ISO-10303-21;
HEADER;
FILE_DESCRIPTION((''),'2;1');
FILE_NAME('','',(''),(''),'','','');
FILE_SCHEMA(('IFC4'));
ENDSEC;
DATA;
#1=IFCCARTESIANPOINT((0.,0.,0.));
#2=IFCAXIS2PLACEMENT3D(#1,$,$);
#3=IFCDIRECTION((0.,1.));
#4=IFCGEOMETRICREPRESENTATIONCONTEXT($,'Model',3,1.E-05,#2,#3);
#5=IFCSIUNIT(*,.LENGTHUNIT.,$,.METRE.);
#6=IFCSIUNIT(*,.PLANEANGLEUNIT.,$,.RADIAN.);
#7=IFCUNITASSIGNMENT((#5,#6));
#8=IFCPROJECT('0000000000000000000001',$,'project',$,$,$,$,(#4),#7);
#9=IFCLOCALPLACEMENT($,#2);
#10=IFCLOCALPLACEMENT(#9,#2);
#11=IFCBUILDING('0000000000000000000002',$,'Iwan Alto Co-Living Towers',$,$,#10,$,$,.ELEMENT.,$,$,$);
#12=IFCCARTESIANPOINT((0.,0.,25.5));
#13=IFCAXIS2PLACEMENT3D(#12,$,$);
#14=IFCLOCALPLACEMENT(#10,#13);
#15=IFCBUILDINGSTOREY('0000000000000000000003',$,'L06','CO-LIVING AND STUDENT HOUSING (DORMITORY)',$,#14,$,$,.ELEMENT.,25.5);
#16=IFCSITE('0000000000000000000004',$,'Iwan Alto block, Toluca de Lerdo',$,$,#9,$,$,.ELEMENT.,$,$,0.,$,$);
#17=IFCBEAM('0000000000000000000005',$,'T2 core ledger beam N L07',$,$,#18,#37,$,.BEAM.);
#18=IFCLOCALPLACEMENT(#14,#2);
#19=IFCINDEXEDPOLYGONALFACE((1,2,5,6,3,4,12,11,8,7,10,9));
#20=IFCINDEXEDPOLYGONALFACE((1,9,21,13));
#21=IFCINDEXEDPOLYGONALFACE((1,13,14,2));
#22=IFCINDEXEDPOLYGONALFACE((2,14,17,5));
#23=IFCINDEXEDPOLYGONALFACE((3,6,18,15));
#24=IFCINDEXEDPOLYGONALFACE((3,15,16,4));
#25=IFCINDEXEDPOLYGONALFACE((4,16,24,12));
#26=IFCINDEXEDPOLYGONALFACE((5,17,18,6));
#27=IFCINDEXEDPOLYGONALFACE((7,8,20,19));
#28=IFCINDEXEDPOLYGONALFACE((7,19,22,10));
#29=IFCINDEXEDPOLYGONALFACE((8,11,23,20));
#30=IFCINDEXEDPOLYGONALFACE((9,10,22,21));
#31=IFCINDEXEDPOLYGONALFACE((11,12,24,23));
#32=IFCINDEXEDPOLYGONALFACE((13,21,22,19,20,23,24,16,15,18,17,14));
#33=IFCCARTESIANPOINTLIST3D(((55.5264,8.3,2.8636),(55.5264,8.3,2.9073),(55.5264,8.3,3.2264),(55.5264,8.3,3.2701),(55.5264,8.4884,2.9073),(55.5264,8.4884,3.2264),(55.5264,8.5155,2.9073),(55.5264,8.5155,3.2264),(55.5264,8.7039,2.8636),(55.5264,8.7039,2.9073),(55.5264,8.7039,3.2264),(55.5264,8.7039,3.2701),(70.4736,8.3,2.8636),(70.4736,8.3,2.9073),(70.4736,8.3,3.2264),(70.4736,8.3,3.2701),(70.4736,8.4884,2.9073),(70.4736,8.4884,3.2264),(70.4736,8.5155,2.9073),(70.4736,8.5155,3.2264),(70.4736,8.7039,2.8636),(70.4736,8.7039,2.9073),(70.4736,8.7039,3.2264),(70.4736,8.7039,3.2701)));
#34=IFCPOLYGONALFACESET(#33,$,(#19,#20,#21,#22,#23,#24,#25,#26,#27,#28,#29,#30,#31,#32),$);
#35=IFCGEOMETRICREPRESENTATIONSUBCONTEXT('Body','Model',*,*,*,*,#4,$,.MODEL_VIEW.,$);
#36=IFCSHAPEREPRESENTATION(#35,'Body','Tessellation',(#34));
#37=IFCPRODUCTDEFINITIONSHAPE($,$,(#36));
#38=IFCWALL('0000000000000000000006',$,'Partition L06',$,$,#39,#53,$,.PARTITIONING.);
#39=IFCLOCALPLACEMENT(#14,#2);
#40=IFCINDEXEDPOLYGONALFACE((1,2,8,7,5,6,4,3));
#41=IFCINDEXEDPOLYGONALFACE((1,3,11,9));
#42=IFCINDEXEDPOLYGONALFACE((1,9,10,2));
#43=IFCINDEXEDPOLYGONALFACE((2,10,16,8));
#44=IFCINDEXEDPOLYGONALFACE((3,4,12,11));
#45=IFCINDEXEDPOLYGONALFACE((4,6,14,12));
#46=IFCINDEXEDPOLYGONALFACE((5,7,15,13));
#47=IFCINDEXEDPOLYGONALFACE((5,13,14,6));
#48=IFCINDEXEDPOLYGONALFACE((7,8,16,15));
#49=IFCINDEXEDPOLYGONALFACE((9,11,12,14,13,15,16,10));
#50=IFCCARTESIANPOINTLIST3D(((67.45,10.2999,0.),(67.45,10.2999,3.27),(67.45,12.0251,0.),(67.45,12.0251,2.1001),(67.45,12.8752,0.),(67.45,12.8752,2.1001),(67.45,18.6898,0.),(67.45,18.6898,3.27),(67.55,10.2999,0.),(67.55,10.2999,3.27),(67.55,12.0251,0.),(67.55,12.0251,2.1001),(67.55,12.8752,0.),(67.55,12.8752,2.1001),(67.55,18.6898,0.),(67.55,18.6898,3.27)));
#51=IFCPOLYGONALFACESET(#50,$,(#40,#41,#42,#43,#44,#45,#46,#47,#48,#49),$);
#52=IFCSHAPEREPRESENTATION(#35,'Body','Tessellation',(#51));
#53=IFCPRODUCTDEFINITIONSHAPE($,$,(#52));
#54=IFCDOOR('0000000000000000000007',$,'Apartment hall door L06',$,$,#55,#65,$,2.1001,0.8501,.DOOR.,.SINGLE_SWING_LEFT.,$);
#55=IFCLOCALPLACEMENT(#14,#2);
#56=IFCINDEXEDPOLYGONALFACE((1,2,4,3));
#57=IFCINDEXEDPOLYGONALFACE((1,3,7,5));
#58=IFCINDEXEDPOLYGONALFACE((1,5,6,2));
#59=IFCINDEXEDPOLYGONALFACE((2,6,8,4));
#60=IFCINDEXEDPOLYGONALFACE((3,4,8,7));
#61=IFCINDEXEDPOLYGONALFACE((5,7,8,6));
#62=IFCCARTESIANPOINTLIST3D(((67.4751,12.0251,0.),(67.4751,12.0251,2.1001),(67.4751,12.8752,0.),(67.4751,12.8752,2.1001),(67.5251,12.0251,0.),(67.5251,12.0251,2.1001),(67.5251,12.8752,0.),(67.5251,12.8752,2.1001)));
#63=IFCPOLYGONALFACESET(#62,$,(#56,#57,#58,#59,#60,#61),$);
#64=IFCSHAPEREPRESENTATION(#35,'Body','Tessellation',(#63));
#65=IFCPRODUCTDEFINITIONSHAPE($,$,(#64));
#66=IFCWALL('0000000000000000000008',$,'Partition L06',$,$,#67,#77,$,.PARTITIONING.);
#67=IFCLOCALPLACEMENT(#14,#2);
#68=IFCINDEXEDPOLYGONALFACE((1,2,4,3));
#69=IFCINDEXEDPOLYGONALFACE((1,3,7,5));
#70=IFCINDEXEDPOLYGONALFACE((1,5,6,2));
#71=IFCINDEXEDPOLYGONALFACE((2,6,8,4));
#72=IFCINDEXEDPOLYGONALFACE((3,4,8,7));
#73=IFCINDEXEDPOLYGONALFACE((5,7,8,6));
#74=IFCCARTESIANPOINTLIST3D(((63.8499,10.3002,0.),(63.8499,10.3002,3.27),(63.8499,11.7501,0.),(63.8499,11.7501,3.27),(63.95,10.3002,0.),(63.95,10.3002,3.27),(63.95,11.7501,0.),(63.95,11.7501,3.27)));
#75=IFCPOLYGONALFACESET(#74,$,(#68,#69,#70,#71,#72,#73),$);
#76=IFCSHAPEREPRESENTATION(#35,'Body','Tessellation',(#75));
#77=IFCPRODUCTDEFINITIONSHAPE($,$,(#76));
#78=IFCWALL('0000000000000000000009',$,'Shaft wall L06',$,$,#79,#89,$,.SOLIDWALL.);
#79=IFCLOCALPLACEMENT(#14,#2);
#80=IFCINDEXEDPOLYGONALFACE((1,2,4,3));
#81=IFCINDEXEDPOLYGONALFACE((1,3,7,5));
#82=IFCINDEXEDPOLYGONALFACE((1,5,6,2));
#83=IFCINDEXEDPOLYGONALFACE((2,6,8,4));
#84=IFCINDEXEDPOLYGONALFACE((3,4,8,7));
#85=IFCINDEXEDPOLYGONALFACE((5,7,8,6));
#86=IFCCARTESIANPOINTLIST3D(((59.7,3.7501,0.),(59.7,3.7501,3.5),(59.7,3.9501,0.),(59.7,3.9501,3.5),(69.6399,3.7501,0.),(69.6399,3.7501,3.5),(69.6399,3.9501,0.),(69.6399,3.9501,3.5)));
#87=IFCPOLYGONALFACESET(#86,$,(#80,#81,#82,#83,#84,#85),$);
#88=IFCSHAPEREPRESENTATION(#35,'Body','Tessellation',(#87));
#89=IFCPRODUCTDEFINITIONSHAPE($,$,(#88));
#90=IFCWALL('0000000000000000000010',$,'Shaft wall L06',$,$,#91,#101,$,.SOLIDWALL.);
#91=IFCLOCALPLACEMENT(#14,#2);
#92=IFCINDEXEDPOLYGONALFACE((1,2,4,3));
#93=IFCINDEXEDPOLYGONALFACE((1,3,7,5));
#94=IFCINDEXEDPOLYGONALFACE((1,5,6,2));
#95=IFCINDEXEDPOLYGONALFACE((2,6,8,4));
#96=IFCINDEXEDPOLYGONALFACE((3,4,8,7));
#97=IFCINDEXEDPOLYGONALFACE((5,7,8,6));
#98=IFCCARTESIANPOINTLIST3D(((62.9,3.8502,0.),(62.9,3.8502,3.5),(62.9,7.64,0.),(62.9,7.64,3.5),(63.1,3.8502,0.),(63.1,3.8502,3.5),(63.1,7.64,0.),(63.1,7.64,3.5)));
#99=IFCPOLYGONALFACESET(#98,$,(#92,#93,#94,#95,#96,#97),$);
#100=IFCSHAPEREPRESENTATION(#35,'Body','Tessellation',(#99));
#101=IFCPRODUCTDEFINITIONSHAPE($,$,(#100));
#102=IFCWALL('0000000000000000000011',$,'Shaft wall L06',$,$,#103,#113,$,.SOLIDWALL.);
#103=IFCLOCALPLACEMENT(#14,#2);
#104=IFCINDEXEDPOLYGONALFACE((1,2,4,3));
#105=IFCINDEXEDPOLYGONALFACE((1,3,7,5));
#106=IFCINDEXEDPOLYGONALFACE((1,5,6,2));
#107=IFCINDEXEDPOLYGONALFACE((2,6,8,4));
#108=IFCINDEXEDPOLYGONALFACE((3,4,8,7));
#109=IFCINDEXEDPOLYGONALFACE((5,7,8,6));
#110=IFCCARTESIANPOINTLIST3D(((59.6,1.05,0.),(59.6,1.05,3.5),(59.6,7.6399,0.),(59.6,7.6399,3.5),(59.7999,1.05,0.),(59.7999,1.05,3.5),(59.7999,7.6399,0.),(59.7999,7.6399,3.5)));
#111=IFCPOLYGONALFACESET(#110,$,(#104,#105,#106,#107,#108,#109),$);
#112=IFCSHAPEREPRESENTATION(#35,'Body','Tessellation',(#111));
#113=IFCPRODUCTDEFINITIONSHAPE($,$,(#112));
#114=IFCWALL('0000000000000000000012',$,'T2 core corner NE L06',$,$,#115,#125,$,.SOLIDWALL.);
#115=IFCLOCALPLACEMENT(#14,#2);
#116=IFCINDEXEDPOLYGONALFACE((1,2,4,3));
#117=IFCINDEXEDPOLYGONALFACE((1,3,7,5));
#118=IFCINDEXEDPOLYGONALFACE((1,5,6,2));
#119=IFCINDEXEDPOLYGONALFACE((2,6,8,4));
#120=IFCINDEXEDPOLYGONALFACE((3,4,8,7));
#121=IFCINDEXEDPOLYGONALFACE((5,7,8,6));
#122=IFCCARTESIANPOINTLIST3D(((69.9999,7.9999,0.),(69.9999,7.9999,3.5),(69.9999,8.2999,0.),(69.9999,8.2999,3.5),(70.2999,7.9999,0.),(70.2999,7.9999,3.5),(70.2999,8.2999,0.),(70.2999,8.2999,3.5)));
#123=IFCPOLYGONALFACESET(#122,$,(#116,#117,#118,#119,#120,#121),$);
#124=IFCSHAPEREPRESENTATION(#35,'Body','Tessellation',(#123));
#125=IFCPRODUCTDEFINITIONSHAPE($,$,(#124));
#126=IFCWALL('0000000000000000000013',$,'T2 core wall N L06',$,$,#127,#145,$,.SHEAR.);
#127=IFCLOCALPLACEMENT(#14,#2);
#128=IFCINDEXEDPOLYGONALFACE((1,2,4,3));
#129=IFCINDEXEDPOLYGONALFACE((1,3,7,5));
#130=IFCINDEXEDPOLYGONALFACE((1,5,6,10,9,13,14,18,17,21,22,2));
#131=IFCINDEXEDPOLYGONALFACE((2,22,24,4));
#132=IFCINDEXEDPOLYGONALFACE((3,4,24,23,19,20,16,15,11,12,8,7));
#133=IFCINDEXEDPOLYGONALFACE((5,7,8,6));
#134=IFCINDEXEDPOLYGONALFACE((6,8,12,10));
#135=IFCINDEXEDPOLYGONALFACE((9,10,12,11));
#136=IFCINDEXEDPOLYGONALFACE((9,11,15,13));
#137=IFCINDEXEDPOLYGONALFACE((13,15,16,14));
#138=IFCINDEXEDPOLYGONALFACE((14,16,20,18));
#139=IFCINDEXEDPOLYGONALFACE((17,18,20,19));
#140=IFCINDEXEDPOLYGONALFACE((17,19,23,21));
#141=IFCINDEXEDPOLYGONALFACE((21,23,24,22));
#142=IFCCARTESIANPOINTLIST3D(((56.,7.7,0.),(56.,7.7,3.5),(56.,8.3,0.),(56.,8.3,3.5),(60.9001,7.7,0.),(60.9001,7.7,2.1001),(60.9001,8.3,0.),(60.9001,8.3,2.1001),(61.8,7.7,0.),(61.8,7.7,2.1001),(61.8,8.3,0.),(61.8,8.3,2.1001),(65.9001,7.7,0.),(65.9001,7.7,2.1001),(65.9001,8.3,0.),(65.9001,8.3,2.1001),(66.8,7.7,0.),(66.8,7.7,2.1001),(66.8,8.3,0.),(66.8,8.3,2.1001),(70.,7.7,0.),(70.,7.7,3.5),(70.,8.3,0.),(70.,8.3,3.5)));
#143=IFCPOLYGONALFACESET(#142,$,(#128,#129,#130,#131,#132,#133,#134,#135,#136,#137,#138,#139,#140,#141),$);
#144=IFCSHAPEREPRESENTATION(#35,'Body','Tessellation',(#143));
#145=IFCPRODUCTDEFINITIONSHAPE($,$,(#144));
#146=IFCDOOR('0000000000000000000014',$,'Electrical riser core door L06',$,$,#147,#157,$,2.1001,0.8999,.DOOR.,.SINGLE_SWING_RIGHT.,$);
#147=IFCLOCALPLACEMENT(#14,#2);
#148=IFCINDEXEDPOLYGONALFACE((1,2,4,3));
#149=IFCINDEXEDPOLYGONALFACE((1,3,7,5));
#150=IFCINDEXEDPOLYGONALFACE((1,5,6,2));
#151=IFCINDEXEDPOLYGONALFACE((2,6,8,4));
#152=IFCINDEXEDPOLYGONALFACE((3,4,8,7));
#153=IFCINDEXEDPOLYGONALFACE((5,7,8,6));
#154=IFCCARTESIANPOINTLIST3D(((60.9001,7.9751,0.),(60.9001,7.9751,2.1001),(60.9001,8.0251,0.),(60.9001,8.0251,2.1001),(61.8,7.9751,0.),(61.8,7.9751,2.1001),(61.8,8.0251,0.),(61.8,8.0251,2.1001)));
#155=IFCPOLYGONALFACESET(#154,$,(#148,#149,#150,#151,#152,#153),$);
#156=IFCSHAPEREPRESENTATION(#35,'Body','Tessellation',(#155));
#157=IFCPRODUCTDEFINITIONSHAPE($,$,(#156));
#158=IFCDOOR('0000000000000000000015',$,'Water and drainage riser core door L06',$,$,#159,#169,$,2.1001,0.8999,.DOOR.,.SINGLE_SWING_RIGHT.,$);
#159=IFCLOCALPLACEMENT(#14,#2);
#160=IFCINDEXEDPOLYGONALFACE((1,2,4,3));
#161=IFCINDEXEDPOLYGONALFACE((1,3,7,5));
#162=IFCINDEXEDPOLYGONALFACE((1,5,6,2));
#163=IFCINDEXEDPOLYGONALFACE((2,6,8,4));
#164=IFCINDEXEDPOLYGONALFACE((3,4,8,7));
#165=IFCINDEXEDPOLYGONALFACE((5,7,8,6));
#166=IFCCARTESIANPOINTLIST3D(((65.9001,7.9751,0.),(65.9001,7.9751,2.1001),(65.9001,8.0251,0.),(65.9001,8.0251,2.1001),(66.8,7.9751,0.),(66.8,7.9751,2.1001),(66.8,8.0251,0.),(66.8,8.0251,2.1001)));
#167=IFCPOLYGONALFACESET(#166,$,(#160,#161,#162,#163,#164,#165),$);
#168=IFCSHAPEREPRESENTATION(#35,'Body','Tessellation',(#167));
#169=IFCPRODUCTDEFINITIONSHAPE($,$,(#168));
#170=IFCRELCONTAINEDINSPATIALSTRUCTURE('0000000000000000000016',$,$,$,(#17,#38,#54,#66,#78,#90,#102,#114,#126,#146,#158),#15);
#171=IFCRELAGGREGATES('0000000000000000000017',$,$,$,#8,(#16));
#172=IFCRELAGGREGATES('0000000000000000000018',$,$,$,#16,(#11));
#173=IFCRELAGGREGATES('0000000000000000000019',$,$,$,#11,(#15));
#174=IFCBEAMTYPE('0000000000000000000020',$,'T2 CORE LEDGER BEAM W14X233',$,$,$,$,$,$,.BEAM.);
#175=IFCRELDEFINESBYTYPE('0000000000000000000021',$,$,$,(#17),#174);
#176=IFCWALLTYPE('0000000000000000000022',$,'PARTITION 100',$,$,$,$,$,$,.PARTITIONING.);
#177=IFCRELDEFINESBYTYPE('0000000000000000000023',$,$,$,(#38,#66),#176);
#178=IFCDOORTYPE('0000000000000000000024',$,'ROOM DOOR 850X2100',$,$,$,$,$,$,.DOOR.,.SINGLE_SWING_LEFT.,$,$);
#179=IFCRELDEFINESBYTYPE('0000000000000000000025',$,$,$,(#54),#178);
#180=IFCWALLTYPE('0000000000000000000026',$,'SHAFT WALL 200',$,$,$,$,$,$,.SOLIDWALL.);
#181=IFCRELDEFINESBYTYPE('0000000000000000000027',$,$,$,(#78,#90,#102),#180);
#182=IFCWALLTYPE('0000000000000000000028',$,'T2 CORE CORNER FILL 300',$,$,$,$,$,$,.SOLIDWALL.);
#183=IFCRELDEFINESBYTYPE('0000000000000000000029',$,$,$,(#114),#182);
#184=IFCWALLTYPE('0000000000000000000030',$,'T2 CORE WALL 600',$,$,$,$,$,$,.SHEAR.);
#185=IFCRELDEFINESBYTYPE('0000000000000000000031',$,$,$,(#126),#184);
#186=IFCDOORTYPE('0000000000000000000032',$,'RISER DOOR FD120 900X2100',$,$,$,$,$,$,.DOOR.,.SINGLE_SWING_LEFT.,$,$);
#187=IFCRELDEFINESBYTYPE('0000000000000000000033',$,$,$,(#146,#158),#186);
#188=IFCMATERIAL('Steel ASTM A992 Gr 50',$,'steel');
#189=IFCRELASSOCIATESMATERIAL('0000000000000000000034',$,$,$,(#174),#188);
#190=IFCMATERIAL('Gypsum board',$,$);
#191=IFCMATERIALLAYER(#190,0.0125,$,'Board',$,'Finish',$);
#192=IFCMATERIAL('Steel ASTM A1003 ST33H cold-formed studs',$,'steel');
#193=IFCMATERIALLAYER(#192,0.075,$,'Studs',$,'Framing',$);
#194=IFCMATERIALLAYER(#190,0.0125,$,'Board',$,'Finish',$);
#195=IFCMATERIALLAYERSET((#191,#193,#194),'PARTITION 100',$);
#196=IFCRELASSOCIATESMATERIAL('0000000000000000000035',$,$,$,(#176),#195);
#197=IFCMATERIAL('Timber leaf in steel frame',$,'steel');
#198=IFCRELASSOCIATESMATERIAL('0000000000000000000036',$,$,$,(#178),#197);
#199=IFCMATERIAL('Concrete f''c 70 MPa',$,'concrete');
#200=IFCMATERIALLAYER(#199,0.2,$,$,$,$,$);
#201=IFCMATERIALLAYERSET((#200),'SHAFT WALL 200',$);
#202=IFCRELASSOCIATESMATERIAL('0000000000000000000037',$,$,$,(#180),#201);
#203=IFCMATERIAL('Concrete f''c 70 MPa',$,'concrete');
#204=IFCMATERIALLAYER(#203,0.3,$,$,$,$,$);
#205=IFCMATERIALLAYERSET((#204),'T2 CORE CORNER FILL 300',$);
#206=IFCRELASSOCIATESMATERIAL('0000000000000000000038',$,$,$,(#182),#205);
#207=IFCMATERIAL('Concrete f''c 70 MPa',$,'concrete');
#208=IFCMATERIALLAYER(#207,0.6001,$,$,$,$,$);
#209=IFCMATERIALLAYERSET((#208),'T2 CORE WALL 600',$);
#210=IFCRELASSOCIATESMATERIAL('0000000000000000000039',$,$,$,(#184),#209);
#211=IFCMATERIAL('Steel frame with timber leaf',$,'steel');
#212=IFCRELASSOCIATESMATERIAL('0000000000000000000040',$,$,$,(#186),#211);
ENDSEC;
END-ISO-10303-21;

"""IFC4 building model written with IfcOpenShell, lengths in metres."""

from ifc_helpers import new_model, si_unit, direction, frame, frame_2d, origin, origin_2d, place, context, subcontext, project, spatial, rectangle, i_section, extrude, material, layer, layer_set, material_profile, profile_set, type_object, element, fill, save


model = new_model("IFC4")

# Units and contexts
model_context = context("Model", 3, precision=1e-05, world=origin(), true_north=direction((0.0, 1.0)))
body_context = subcontext(model_context, "Body", "Model", "MODEL_VIEW")
ifc_project = project(units=[si_unit("LENGTHUNIT", "METRE"), si_unit("PLANEANGLEUNIT", "RADIAN")], contexts=[model_context])

# Site, building, storey
site_placement = place(None, origin())
site = spatial("IfcSite", under=ifc_project, at=site_placement, Name="Iwan Alto block, Toluca de Lerdo", CompositionType="ELEMENT", RefElevation=0.0)
building_placement = place(site_placement, origin())
building = spatial("IfcBuilding", under=site, at=building_placement, Name="Iwan Alto Co-Living Towers", CompositionType="ELEMENT")
storey_placement = place(building_placement, frame((0.0, 0.0, 25.5)))
storey = spatial("IfcBuildingStorey", under=building, at=storey_placement, Name="L06", Description="CO-LIVING AND STUDENT HOUSING (DORMITORY)", CompositionType="ELEMENT", Elevation=25.5)

# Beam
ifc_material_1 = material(Name="Steel ASTM A992 Gr 50", Category="steel")
ifc_material_profile = material_profile(ifc_material_1, i_section(OverallWidth=0.4038, OverallDepth=0.4065, WebThickness=0.0271, FlangeThickness=0.0437, at=origin_2d()), Name="W14X233")
ifc_profile_set = profile_set([ifc_material_profile], Name="Steel ASTM A992 Gr 50")
beam_type = type_object("IfcBeamType", Name="T2 CORE LEDGER BEAM W14X233", PredefinedType="BEAM", material=ifc_profile_set)
beam_placement = place(storey_placement, frame((70.4736, 8.502, 3.0669), z_axis=(-1.0, 0.0, 0.0), x_axis=(0.0, -1.0, 0.0)))
element("IfcBeam", 1, at=beam_placement, inside=storey, type_object=beam_type, Name="T2 core ledger beam N L07", PredefinedType="BEAM", context=body_context, shape_type="SweptSolid", body=[
    extrude(i_section(OverallWidth=0.4038, OverallDepth=0.4065, WebThickness=0.0271, FlangeThickness=0.0437, at=origin_2d()), origin(), (0.0, 0.0, 1.0), 14.9473),
])

# Wall, opening, door
ifc_material_2 = material(Name="Gypsum board")
ifc_layer_1 = layer(ifc_material_2, 0.0125, Name="Board", Category="Finish")
ifc_material_3 = material(Name="Steel ASTM A1003 ST33H cold-formed studs", Category="steel")
ifc_layer_2 = layer(ifc_material_3, 0.075, Name="Studs", Category="Framing")
ifc_layer_3 = layer(ifc_material_2, 0.0125, Name="Board", Category="Finish")
ifc_layer_set_1 = layer_set([ifc_layer_1, ifc_layer_2, ifc_layer_3], Name="PARTITION 100")
wall_type_1 = type_object("IfcWallType", Name="PARTITION 100", PredefinedType="PARTITIONING", material=ifc_layer_set_1)
wall_1_placement = place(storey_placement, frame((67.5, 10.3, 0.0), z_axis=(0.0, 0.0, 1.0), x_axis=(0.0, 1.0, 0.0)))
wall_1 = element("IfcWall", 2, at=wall_1_placement, inside=storey, type_object=wall_type_1, Name="Partition L06", PredefinedType="PARTITIONING", context=body_context, shape_type="SweptSolid", body=[
    extrude(rectangle(XDim=8.3899, YDim=0.1001, at=frame_2d((4.1948, 0.0))), origin(), (0.0, 0.0, 1.0), 3.27),
])
opening_1_placement = place(wall_1_placement, frame((1.7251, 0.0, 0.0)))
opening_1 = element("IfcOpeningElement", 3, at=opening_1_placement, cuts=wall_1, PredefinedType="OPENING", context=body_context, shape_type="SweptSolid", body=[
    extrude(rectangle(XDim=0.8501, YDim=2.1001, at=frame_2d((0.425, 1.05))), frame((0.0, 0.0601, 0.0), z_axis=(0.0, -1.0, 0.0), x_axis=(1.0, 0.0, 0.0)), (0.0, 0.0, 1.0), 0.1201),
])
ifc_material_4 = material(Name="Timber leaf in steel frame", Category="steel")
door_type_1 = type_object("IfcDoorType", Name="ROOM DOOR 850X2100", OperationType="SINGLE_SWING_LEFT", PredefinedType="DOOR", material=ifc_material_4)
door_1_placement = place(opening_1_placement, origin())
door_1 = element("IfcDoor", 4, at=door_1_placement, inside=storey, type_object=door_type_1, Name="Apartment hall door L06", OperationType="SINGLE_SWING_LEFT", OverallHeight=2.1001, OverallWidth=0.8501, PredefinedType="DOOR", context=body_context, shape_type="SweptSolid", body=[
    extrude(rectangle(XDim=0.8501, YDim=2.1001, at=frame_2d((0.425, 1.05))), frame((0.0, 0.0249, 0.0), z_axis=(0.0, -1.0, 0.0), x_axis=(1.0, 0.0, 0.0)), (0.0, 0.0, 1.0), 0.05),
])
fill(opening_1, door_1)

# Walls
wall_2_placement = place(storey_placement, frame((63.8999, 10.3, 0.0), z_axis=(0.0, 0.0, 1.0), x_axis=(0.0, 1.0, 0.0)))
element("IfcWall", 5, at=wall_2_placement, inside=storey, type_object=wall_type_1, Name="Partition L06", PredefinedType="PARTITIONING", context=body_context, shape_type="SweptSolid", body=[
    extrude(rectangle(XDim=1.45, YDim=0.1001, at=frame_2d((0.7251, 0.0))), origin(), (0.0, 0.0, 1.0), 3.27),
])
ifc_material_5 = material(Name="Concrete f'c 70 MPa", Category="concrete")
ifc_layer_4 = layer(ifc_material_5, 0.2)
ifc_layer_set_2 = layer_set([ifc_layer_4], Name="SHAFT WALL 200")
wall_type_2 = type_object("IfcWallType", Name="SHAFT WALL 200", PredefinedType="SOLIDWALL", material=ifc_layer_set_2)
wall_3_placement = place(storey_placement, frame((59.7, 3.8501, 0.0), z_axis=(0.0, 0.0, 1.0), x_axis=(1.0, 0.0, 0.0)))
element("IfcWall", 6, at=wall_3_placement, inside=storey, type_object=wall_type_2, Name="Shaft wall L06", PredefinedType="SOLIDWALL", context=body_context, shape_type="SweptSolid", body=[
    extrude(rectangle(XDim=9.9399, YDim=0.2, at=frame_2d((4.97, 0.0))), origin(), (0.0, 0.0, 1.0), 3.5),
])
wall_4_placement = place(storey_placement, frame((63.0, 3.8501, 0.0), z_axis=(0.0, 0.0, 1.0), x_axis=(0.0, 1.0, 0.0)))
element("IfcWall", 7, at=wall_4_placement, inside=storey, type_object=wall_type_2, Name="Shaft wall L06", PredefinedType="SOLIDWALL", context=body_context, shape_type="SweptSolid", body=[
    extrude(rectangle(XDim=3.7898, YDim=0.2, at=frame_2d((1.895, 0.0))), origin(), (0.0, 0.0, 1.0), 3.5),
])
wall_5_placement = place(storey_placement, frame((59.7, 1.05, 0.0), z_axis=(0.0, 0.0, 1.0), x_axis=(0.0, 1.0, 0.0)))
element("IfcWall", 8, at=wall_5_placement, inside=storey, type_object=wall_type_2, Name="Shaft wall L06", PredefinedType="SOLIDWALL", context=body_context, shape_type="SweptSolid", body=[
    extrude(rectangle(XDim=6.5898, YDim=0.2, at=frame_2d((3.2949, 0.0))), origin(), (0.0, 0.0, 1.0), 3.5),
])
ifc_material_6 = material(Name="Concrete f'c 70 MPa", Category="concrete")
ifc_layer_5 = layer(ifc_material_6, 0.3)
ifc_layer_set_3 = layer_set([ifc_layer_5], Name="T2 CORE CORNER FILL 300")
wall_type_3 = type_object("IfcWallType", Name="T2 CORE CORNER FILL 300", PredefinedType="SOLIDWALL", material=ifc_layer_set_3)
wall_6_placement = place(storey_placement, frame((70.0, 8.1499, 0.0), z_axis=(0.0, 0.0, 1.0), x_axis=(1.0, 0.0, 0.0)))
element("IfcWall", 9, at=wall_6_placement, inside=storey, type_object=wall_type_3, Name="T2 core corner NE L06", PredefinedType="SOLIDWALL", context=body_context, shape_type="SweptSolid", body=[
    extrude(rectangle(XDim=0.3, YDim=0.3, at=frame_2d((0.1499, 0.0))), origin(), (0.0, 0.0, 1.0), 3.5),
])

# Wall, openings, doors
ifc_material_7 = material(Name="Concrete f'c 70 MPa", Category="concrete")
ifc_layer_6 = layer(ifc_material_7, 0.6001)
ifc_layer_set_4 = layer_set([ifc_layer_6], Name="T2 CORE WALL 600")
wall_type_4 = type_object("IfcWallType", Name="T2 CORE WALL 600", PredefinedType="SHEAR", material=ifc_layer_set_4)
wall_7_placement = place(storey_placement, frame((70.0, 8.0, 0.0), z_axis=(0.0, 0.0, 1.0), x_axis=(-1.0, 0.0, 0.0)))
wall_7 = element("IfcWall", 10, at=wall_7_placement, inside=storey, type_object=wall_type_4, Name="T2 core wall N L06", PredefinedType="SHEAR", context=body_context, shape_type="SweptSolid", body=[
    extrude(rectangle(XDim=14.0, YDim=0.6001, at=frame_2d((7.0, 0.0))), origin(), (0.0, 0.0, 1.0), 3.5),
])
opening_2_placement = place(wall_7_placement, frame((8.2, 0.0, 0.0)))
opening_2 = element("IfcOpeningElement", 11, at=opening_2_placement, cuts=wall_7, PredefinedType="OPENING", context=body_context, shape_type="SweptSolid", body=[
    extrude(rectangle(XDim=0.8999, YDim=2.1001, at=frame_2d((0.45, 1.05))), frame((0.0, 0.3101, 0.0), z_axis=(0.0, -1.0, 0.0), x_axis=(1.0, 0.0, 0.0)), (0.0, 0.0, 1.0), 0.6201),
])
opening_3_placement = place(wall_7_placement, frame((3.2, 0.0, 0.0)))
opening_3 = element("IfcOpeningElement", 12, at=opening_3_placement, cuts=wall_7, PredefinedType="OPENING", context=body_context, shape_type="SweptSolid", body=[
    extrude(rectangle(XDim=0.8999, YDim=2.1001, at=frame_2d((0.45, 1.05))), frame((0.0, 0.3101, 0.0), z_axis=(0.0, -1.0, 0.0), x_axis=(1.0, 0.0, 0.0)), (0.0, 0.0, 1.0), 0.6201),
])
ifc_material_8 = material(Name="Steel frame with timber leaf", Category="steel")
door_type_2 = type_object("IfcDoorType", Name="RISER DOOR FD120 900X2100", OperationType="SINGLE_SWING_LEFT", PredefinedType="DOOR", material=ifc_material_8)
door_2_placement = place(opening_2_placement, origin())
door_2 = element("IfcDoor", 13, at=door_2_placement, inside=storey, type_object=door_type_2, Name="Electrical riser core door L06", OperationType="SINGLE_SWING_RIGHT", OverallHeight=2.1001, OverallWidth=0.8999, PredefinedType="DOOR", context=body_context, shape_type="SweptSolid", body=[
    extrude(rectangle(XDim=0.8999, YDim=2.1001, at=frame_2d((0.45, 1.05))), frame((0.0, 0.0249, 0.0), z_axis=(0.0, -1.0, 0.0), x_axis=(1.0, 0.0, 0.0)), (0.0, 0.0, 1.0), 0.05),
])
fill(opening_2, door_2)
door_3_placement = place(opening_3_placement, origin())
door_3 = element("IfcDoor", 14, at=door_3_placement, inside=storey, type_object=door_type_2, Name="Water and drainage riser core door L06", OperationType="SINGLE_SWING_RIGHT", OverallHeight=2.1001, OverallWidth=0.8999, PredefinedType="DOOR", context=body_context, shape_type="SweptSolid", body=[
    extrude(rectangle(XDim=0.8999, YDim=2.1001, at=frame_2d((0.45, 1.05))), frame((0.0, 0.0249, 0.0), z_axis=(0.0, -1.0, 0.0), x_axis=(1.0, 0.0, 0.0)), (0.0, 0.0, 1.0), 0.05),
])
fill(opening_3, door_3)

save(model, "model.ifc")
